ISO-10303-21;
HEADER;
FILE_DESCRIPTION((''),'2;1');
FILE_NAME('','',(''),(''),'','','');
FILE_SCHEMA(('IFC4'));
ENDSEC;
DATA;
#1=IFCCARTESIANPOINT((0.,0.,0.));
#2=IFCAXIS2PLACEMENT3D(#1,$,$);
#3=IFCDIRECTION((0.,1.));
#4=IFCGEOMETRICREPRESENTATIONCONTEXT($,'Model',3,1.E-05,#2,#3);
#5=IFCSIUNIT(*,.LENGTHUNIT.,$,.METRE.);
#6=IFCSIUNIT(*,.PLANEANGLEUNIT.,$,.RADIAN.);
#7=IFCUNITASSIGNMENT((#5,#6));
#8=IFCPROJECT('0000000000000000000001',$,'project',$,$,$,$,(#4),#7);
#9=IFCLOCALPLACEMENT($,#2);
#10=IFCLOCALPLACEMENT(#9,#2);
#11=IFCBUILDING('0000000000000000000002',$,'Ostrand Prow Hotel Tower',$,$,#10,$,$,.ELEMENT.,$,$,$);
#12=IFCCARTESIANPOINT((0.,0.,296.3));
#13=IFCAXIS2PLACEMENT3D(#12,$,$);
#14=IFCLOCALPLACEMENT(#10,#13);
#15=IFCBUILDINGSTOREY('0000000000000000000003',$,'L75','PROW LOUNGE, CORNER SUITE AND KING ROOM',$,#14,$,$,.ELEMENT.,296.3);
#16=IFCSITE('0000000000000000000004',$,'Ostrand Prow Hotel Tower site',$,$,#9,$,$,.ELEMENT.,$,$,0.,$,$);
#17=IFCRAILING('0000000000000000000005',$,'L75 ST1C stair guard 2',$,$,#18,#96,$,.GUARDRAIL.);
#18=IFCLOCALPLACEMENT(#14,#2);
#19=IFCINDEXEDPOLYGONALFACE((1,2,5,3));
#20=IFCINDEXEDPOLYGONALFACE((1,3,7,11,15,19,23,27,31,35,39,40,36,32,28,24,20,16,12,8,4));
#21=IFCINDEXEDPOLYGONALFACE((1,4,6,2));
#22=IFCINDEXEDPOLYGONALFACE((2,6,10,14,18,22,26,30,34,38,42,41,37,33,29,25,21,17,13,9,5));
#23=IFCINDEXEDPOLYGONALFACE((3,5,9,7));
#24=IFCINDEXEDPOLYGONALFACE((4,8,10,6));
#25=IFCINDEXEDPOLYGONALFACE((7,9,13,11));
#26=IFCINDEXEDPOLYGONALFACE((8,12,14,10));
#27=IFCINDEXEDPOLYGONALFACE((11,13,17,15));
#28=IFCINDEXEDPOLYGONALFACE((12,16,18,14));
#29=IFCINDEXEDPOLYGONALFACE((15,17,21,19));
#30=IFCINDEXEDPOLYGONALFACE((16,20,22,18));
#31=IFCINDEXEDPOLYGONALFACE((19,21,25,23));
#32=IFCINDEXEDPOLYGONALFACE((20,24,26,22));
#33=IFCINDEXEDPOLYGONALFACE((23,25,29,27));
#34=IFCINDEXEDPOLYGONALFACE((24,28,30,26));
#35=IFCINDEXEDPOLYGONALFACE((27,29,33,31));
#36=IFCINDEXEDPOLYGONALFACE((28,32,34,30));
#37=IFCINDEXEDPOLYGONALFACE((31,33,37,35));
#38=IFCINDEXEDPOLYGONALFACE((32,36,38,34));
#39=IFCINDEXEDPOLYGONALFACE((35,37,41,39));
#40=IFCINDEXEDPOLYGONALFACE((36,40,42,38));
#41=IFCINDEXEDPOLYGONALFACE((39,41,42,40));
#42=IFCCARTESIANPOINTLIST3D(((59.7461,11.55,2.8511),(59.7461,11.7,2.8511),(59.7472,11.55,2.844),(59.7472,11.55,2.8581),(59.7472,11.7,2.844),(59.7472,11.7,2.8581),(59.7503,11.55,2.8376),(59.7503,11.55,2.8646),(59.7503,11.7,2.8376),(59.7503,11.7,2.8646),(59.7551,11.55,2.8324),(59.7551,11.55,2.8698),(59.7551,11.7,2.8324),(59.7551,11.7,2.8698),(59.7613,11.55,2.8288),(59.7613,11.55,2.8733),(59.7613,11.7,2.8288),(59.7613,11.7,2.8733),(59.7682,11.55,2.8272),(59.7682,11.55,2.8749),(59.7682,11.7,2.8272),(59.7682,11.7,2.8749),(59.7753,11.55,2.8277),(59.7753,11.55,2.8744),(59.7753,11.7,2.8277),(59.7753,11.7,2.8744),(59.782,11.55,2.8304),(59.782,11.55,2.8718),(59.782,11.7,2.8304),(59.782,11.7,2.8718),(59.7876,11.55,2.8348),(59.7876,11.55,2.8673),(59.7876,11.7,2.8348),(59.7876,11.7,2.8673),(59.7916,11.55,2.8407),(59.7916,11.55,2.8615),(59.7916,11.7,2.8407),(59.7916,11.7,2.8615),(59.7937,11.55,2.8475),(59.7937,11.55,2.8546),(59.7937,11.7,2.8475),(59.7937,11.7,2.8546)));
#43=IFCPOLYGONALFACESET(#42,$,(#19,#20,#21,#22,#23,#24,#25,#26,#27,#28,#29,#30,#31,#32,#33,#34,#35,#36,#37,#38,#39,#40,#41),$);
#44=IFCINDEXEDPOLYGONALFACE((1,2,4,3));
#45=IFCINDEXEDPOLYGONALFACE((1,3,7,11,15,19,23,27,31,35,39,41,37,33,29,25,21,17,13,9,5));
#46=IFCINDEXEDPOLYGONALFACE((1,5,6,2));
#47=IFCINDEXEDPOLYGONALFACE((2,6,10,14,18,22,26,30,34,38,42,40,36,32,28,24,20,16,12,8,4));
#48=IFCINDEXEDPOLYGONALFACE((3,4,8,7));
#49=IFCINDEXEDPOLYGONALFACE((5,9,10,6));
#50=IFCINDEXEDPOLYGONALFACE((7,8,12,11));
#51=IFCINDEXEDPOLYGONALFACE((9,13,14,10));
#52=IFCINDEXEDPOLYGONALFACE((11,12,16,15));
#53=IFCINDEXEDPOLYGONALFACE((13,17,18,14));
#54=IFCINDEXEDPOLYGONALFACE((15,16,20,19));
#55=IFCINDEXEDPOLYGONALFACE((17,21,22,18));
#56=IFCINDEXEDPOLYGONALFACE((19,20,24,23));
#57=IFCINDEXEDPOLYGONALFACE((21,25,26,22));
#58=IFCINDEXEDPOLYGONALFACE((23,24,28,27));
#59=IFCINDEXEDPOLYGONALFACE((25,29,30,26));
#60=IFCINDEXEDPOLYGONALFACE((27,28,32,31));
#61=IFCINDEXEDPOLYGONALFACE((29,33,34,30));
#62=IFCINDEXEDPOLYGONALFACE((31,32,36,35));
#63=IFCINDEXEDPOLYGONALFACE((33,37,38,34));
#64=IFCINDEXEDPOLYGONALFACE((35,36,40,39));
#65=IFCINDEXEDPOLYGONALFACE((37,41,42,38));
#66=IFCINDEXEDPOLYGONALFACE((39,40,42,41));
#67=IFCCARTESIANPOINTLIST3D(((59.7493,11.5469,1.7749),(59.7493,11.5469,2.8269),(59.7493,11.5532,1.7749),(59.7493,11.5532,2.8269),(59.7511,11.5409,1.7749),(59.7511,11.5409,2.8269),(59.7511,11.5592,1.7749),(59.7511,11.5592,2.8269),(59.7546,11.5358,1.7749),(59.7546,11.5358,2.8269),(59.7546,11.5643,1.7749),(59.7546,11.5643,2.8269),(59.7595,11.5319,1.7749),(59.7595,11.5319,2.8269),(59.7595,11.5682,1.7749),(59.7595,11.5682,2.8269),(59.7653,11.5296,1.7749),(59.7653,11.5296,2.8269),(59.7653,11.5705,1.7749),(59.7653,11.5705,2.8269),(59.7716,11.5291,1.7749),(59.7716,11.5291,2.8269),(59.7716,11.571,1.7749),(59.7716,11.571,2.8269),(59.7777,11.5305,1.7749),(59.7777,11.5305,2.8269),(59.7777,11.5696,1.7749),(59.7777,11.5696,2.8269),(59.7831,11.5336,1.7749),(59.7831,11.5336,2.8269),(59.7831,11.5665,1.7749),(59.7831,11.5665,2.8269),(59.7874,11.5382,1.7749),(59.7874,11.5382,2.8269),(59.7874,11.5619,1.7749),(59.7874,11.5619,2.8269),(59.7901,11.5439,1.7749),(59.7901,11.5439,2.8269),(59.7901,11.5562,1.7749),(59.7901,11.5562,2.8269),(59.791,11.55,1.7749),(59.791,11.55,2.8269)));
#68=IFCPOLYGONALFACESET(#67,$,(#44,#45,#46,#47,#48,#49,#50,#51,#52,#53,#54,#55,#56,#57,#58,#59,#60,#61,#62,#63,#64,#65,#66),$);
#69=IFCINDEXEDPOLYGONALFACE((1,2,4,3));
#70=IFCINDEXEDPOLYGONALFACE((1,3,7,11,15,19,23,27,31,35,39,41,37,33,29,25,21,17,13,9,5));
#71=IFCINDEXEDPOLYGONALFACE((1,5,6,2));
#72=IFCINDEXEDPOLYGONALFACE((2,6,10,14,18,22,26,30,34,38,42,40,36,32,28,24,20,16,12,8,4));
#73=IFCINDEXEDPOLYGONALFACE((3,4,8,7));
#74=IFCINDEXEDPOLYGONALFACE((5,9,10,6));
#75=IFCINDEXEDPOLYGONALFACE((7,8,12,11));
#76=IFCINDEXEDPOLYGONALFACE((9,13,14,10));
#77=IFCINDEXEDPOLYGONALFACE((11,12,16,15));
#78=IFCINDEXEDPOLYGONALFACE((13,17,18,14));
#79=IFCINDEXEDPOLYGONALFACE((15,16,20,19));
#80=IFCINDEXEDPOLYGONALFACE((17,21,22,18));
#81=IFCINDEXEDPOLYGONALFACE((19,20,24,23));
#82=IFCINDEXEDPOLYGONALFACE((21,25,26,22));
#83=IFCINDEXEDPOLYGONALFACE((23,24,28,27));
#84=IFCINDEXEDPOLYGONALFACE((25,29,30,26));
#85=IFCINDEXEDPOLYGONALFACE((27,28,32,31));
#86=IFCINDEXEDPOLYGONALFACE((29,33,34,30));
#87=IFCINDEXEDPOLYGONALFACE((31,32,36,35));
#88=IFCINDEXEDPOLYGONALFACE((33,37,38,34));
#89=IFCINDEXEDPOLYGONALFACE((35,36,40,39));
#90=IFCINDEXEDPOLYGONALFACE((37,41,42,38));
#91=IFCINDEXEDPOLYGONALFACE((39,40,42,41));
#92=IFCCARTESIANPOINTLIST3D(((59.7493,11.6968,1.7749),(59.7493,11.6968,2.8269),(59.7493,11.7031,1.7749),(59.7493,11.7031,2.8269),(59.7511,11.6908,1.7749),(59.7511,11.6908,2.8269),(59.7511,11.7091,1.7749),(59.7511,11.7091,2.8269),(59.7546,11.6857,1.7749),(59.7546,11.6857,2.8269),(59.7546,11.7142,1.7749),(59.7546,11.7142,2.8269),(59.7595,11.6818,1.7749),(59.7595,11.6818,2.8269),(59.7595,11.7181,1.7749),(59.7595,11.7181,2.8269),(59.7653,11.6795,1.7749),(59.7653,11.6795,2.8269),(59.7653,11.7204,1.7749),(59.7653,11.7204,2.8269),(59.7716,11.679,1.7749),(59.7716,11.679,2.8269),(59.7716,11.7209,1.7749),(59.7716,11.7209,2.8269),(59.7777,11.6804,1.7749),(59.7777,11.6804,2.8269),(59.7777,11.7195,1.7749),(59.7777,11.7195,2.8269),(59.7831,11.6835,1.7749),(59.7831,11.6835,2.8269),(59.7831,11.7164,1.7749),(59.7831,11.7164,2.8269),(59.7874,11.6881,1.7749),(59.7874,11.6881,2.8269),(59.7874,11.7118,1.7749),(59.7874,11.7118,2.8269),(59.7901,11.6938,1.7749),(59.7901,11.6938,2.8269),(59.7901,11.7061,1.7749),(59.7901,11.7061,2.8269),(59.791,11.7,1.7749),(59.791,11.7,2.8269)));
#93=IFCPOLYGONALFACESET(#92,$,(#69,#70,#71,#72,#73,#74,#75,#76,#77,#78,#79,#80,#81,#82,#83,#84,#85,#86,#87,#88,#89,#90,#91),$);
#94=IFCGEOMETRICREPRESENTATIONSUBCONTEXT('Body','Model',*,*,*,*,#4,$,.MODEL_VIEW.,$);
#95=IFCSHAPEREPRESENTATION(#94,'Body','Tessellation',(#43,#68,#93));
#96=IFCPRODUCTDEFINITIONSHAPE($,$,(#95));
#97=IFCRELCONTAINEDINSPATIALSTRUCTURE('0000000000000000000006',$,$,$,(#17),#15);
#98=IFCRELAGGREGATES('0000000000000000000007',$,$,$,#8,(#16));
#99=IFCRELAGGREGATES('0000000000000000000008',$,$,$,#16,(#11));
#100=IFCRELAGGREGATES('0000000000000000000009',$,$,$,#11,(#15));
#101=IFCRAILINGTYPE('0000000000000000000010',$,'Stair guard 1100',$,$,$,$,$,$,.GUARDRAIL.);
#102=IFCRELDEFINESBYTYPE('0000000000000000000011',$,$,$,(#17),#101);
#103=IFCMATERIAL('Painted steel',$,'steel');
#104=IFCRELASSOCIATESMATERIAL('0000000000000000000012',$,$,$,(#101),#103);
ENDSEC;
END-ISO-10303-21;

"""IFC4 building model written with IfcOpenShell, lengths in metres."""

from ifc_helpers import new_model, si_unit, direction, frame, origin, origin_2d, place, context, subcontext, project, spatial, circle, extrude, material, type_object, element, save


model = new_model("IFC4")

# Units and contexts
model_context = context("Model", 3, precision=1e-05, world=origin(), true_north=direction((0.0, 1.0)))
body_context = subcontext(model_context, "Body", "Model", "MODEL_VIEW")
ifc_project = project(units=[si_unit("LENGTHUNIT", "METRE"), si_unit("PLANEANGLEUNIT", "RADIAN")], contexts=[model_context])

# Site, building, storey
site_placement = place(None, origin())
site = spatial("IfcSite", under=ifc_project, at=site_placement, Name="Ostrand Prow Hotel Tower site", CompositionType="ELEMENT", RefElevation=0.0)
building_placement = place(site_placement, origin())
building = spatial("IfcBuilding", under=site, at=building_placement, Name="Ostrand Prow Hotel Tower", CompositionType="ELEMENT")
storey_placement = place(building_placement, frame((0.0, 0.0, 296.3)))
storey = spatial("IfcBuildingStorey", under=building, at=storey_placement, Name="L75", Description="PROW LOUNGE, CORNER SUITE AND KING ROOM", CompositionType="ELEMENT", Elevation=296.3)

# Railing
ifc_material_1 = material(Name="Painted steel", Category="steel")
railing_type_1 = type_object("IfcRailingType", Name="Stair guard 1100", PredefinedType="GUARDRAIL", material=ifc_material_1)
railing_1_placement = place(storey_placement, frame((59.77, 11.55, 1.7749)))
element("IfcRailing", 1, at=railing_1_placement, inside=storey, type_object=railing_type_1, Name="L75 ST1C stair guard 2", PredefinedType="GUARDRAIL", context=body_context, shape_type="SweptSolid", body=[
    extrude(circle(Radius=0.0239, at=origin_2d()), frame((0.0, 0.0, 1.0762), z_axis=(0.0, 1.0, 0.0), x_axis=(-1.0, 0.0, 0.0)), (0.0, 0.0, 1.0), 0.1499),
    extrude(circle(Radius=0.021, at=origin_2d()), origin(), (0.0, 0.0, 1.0), 1.052),
    extrude(circle(Radius=0.021, at=origin_2d()), frame((0.0, 0.1499, 0.0)), (0.0, 0.0, 1.0), 1.052),
])

save(model, "model.ifc")
